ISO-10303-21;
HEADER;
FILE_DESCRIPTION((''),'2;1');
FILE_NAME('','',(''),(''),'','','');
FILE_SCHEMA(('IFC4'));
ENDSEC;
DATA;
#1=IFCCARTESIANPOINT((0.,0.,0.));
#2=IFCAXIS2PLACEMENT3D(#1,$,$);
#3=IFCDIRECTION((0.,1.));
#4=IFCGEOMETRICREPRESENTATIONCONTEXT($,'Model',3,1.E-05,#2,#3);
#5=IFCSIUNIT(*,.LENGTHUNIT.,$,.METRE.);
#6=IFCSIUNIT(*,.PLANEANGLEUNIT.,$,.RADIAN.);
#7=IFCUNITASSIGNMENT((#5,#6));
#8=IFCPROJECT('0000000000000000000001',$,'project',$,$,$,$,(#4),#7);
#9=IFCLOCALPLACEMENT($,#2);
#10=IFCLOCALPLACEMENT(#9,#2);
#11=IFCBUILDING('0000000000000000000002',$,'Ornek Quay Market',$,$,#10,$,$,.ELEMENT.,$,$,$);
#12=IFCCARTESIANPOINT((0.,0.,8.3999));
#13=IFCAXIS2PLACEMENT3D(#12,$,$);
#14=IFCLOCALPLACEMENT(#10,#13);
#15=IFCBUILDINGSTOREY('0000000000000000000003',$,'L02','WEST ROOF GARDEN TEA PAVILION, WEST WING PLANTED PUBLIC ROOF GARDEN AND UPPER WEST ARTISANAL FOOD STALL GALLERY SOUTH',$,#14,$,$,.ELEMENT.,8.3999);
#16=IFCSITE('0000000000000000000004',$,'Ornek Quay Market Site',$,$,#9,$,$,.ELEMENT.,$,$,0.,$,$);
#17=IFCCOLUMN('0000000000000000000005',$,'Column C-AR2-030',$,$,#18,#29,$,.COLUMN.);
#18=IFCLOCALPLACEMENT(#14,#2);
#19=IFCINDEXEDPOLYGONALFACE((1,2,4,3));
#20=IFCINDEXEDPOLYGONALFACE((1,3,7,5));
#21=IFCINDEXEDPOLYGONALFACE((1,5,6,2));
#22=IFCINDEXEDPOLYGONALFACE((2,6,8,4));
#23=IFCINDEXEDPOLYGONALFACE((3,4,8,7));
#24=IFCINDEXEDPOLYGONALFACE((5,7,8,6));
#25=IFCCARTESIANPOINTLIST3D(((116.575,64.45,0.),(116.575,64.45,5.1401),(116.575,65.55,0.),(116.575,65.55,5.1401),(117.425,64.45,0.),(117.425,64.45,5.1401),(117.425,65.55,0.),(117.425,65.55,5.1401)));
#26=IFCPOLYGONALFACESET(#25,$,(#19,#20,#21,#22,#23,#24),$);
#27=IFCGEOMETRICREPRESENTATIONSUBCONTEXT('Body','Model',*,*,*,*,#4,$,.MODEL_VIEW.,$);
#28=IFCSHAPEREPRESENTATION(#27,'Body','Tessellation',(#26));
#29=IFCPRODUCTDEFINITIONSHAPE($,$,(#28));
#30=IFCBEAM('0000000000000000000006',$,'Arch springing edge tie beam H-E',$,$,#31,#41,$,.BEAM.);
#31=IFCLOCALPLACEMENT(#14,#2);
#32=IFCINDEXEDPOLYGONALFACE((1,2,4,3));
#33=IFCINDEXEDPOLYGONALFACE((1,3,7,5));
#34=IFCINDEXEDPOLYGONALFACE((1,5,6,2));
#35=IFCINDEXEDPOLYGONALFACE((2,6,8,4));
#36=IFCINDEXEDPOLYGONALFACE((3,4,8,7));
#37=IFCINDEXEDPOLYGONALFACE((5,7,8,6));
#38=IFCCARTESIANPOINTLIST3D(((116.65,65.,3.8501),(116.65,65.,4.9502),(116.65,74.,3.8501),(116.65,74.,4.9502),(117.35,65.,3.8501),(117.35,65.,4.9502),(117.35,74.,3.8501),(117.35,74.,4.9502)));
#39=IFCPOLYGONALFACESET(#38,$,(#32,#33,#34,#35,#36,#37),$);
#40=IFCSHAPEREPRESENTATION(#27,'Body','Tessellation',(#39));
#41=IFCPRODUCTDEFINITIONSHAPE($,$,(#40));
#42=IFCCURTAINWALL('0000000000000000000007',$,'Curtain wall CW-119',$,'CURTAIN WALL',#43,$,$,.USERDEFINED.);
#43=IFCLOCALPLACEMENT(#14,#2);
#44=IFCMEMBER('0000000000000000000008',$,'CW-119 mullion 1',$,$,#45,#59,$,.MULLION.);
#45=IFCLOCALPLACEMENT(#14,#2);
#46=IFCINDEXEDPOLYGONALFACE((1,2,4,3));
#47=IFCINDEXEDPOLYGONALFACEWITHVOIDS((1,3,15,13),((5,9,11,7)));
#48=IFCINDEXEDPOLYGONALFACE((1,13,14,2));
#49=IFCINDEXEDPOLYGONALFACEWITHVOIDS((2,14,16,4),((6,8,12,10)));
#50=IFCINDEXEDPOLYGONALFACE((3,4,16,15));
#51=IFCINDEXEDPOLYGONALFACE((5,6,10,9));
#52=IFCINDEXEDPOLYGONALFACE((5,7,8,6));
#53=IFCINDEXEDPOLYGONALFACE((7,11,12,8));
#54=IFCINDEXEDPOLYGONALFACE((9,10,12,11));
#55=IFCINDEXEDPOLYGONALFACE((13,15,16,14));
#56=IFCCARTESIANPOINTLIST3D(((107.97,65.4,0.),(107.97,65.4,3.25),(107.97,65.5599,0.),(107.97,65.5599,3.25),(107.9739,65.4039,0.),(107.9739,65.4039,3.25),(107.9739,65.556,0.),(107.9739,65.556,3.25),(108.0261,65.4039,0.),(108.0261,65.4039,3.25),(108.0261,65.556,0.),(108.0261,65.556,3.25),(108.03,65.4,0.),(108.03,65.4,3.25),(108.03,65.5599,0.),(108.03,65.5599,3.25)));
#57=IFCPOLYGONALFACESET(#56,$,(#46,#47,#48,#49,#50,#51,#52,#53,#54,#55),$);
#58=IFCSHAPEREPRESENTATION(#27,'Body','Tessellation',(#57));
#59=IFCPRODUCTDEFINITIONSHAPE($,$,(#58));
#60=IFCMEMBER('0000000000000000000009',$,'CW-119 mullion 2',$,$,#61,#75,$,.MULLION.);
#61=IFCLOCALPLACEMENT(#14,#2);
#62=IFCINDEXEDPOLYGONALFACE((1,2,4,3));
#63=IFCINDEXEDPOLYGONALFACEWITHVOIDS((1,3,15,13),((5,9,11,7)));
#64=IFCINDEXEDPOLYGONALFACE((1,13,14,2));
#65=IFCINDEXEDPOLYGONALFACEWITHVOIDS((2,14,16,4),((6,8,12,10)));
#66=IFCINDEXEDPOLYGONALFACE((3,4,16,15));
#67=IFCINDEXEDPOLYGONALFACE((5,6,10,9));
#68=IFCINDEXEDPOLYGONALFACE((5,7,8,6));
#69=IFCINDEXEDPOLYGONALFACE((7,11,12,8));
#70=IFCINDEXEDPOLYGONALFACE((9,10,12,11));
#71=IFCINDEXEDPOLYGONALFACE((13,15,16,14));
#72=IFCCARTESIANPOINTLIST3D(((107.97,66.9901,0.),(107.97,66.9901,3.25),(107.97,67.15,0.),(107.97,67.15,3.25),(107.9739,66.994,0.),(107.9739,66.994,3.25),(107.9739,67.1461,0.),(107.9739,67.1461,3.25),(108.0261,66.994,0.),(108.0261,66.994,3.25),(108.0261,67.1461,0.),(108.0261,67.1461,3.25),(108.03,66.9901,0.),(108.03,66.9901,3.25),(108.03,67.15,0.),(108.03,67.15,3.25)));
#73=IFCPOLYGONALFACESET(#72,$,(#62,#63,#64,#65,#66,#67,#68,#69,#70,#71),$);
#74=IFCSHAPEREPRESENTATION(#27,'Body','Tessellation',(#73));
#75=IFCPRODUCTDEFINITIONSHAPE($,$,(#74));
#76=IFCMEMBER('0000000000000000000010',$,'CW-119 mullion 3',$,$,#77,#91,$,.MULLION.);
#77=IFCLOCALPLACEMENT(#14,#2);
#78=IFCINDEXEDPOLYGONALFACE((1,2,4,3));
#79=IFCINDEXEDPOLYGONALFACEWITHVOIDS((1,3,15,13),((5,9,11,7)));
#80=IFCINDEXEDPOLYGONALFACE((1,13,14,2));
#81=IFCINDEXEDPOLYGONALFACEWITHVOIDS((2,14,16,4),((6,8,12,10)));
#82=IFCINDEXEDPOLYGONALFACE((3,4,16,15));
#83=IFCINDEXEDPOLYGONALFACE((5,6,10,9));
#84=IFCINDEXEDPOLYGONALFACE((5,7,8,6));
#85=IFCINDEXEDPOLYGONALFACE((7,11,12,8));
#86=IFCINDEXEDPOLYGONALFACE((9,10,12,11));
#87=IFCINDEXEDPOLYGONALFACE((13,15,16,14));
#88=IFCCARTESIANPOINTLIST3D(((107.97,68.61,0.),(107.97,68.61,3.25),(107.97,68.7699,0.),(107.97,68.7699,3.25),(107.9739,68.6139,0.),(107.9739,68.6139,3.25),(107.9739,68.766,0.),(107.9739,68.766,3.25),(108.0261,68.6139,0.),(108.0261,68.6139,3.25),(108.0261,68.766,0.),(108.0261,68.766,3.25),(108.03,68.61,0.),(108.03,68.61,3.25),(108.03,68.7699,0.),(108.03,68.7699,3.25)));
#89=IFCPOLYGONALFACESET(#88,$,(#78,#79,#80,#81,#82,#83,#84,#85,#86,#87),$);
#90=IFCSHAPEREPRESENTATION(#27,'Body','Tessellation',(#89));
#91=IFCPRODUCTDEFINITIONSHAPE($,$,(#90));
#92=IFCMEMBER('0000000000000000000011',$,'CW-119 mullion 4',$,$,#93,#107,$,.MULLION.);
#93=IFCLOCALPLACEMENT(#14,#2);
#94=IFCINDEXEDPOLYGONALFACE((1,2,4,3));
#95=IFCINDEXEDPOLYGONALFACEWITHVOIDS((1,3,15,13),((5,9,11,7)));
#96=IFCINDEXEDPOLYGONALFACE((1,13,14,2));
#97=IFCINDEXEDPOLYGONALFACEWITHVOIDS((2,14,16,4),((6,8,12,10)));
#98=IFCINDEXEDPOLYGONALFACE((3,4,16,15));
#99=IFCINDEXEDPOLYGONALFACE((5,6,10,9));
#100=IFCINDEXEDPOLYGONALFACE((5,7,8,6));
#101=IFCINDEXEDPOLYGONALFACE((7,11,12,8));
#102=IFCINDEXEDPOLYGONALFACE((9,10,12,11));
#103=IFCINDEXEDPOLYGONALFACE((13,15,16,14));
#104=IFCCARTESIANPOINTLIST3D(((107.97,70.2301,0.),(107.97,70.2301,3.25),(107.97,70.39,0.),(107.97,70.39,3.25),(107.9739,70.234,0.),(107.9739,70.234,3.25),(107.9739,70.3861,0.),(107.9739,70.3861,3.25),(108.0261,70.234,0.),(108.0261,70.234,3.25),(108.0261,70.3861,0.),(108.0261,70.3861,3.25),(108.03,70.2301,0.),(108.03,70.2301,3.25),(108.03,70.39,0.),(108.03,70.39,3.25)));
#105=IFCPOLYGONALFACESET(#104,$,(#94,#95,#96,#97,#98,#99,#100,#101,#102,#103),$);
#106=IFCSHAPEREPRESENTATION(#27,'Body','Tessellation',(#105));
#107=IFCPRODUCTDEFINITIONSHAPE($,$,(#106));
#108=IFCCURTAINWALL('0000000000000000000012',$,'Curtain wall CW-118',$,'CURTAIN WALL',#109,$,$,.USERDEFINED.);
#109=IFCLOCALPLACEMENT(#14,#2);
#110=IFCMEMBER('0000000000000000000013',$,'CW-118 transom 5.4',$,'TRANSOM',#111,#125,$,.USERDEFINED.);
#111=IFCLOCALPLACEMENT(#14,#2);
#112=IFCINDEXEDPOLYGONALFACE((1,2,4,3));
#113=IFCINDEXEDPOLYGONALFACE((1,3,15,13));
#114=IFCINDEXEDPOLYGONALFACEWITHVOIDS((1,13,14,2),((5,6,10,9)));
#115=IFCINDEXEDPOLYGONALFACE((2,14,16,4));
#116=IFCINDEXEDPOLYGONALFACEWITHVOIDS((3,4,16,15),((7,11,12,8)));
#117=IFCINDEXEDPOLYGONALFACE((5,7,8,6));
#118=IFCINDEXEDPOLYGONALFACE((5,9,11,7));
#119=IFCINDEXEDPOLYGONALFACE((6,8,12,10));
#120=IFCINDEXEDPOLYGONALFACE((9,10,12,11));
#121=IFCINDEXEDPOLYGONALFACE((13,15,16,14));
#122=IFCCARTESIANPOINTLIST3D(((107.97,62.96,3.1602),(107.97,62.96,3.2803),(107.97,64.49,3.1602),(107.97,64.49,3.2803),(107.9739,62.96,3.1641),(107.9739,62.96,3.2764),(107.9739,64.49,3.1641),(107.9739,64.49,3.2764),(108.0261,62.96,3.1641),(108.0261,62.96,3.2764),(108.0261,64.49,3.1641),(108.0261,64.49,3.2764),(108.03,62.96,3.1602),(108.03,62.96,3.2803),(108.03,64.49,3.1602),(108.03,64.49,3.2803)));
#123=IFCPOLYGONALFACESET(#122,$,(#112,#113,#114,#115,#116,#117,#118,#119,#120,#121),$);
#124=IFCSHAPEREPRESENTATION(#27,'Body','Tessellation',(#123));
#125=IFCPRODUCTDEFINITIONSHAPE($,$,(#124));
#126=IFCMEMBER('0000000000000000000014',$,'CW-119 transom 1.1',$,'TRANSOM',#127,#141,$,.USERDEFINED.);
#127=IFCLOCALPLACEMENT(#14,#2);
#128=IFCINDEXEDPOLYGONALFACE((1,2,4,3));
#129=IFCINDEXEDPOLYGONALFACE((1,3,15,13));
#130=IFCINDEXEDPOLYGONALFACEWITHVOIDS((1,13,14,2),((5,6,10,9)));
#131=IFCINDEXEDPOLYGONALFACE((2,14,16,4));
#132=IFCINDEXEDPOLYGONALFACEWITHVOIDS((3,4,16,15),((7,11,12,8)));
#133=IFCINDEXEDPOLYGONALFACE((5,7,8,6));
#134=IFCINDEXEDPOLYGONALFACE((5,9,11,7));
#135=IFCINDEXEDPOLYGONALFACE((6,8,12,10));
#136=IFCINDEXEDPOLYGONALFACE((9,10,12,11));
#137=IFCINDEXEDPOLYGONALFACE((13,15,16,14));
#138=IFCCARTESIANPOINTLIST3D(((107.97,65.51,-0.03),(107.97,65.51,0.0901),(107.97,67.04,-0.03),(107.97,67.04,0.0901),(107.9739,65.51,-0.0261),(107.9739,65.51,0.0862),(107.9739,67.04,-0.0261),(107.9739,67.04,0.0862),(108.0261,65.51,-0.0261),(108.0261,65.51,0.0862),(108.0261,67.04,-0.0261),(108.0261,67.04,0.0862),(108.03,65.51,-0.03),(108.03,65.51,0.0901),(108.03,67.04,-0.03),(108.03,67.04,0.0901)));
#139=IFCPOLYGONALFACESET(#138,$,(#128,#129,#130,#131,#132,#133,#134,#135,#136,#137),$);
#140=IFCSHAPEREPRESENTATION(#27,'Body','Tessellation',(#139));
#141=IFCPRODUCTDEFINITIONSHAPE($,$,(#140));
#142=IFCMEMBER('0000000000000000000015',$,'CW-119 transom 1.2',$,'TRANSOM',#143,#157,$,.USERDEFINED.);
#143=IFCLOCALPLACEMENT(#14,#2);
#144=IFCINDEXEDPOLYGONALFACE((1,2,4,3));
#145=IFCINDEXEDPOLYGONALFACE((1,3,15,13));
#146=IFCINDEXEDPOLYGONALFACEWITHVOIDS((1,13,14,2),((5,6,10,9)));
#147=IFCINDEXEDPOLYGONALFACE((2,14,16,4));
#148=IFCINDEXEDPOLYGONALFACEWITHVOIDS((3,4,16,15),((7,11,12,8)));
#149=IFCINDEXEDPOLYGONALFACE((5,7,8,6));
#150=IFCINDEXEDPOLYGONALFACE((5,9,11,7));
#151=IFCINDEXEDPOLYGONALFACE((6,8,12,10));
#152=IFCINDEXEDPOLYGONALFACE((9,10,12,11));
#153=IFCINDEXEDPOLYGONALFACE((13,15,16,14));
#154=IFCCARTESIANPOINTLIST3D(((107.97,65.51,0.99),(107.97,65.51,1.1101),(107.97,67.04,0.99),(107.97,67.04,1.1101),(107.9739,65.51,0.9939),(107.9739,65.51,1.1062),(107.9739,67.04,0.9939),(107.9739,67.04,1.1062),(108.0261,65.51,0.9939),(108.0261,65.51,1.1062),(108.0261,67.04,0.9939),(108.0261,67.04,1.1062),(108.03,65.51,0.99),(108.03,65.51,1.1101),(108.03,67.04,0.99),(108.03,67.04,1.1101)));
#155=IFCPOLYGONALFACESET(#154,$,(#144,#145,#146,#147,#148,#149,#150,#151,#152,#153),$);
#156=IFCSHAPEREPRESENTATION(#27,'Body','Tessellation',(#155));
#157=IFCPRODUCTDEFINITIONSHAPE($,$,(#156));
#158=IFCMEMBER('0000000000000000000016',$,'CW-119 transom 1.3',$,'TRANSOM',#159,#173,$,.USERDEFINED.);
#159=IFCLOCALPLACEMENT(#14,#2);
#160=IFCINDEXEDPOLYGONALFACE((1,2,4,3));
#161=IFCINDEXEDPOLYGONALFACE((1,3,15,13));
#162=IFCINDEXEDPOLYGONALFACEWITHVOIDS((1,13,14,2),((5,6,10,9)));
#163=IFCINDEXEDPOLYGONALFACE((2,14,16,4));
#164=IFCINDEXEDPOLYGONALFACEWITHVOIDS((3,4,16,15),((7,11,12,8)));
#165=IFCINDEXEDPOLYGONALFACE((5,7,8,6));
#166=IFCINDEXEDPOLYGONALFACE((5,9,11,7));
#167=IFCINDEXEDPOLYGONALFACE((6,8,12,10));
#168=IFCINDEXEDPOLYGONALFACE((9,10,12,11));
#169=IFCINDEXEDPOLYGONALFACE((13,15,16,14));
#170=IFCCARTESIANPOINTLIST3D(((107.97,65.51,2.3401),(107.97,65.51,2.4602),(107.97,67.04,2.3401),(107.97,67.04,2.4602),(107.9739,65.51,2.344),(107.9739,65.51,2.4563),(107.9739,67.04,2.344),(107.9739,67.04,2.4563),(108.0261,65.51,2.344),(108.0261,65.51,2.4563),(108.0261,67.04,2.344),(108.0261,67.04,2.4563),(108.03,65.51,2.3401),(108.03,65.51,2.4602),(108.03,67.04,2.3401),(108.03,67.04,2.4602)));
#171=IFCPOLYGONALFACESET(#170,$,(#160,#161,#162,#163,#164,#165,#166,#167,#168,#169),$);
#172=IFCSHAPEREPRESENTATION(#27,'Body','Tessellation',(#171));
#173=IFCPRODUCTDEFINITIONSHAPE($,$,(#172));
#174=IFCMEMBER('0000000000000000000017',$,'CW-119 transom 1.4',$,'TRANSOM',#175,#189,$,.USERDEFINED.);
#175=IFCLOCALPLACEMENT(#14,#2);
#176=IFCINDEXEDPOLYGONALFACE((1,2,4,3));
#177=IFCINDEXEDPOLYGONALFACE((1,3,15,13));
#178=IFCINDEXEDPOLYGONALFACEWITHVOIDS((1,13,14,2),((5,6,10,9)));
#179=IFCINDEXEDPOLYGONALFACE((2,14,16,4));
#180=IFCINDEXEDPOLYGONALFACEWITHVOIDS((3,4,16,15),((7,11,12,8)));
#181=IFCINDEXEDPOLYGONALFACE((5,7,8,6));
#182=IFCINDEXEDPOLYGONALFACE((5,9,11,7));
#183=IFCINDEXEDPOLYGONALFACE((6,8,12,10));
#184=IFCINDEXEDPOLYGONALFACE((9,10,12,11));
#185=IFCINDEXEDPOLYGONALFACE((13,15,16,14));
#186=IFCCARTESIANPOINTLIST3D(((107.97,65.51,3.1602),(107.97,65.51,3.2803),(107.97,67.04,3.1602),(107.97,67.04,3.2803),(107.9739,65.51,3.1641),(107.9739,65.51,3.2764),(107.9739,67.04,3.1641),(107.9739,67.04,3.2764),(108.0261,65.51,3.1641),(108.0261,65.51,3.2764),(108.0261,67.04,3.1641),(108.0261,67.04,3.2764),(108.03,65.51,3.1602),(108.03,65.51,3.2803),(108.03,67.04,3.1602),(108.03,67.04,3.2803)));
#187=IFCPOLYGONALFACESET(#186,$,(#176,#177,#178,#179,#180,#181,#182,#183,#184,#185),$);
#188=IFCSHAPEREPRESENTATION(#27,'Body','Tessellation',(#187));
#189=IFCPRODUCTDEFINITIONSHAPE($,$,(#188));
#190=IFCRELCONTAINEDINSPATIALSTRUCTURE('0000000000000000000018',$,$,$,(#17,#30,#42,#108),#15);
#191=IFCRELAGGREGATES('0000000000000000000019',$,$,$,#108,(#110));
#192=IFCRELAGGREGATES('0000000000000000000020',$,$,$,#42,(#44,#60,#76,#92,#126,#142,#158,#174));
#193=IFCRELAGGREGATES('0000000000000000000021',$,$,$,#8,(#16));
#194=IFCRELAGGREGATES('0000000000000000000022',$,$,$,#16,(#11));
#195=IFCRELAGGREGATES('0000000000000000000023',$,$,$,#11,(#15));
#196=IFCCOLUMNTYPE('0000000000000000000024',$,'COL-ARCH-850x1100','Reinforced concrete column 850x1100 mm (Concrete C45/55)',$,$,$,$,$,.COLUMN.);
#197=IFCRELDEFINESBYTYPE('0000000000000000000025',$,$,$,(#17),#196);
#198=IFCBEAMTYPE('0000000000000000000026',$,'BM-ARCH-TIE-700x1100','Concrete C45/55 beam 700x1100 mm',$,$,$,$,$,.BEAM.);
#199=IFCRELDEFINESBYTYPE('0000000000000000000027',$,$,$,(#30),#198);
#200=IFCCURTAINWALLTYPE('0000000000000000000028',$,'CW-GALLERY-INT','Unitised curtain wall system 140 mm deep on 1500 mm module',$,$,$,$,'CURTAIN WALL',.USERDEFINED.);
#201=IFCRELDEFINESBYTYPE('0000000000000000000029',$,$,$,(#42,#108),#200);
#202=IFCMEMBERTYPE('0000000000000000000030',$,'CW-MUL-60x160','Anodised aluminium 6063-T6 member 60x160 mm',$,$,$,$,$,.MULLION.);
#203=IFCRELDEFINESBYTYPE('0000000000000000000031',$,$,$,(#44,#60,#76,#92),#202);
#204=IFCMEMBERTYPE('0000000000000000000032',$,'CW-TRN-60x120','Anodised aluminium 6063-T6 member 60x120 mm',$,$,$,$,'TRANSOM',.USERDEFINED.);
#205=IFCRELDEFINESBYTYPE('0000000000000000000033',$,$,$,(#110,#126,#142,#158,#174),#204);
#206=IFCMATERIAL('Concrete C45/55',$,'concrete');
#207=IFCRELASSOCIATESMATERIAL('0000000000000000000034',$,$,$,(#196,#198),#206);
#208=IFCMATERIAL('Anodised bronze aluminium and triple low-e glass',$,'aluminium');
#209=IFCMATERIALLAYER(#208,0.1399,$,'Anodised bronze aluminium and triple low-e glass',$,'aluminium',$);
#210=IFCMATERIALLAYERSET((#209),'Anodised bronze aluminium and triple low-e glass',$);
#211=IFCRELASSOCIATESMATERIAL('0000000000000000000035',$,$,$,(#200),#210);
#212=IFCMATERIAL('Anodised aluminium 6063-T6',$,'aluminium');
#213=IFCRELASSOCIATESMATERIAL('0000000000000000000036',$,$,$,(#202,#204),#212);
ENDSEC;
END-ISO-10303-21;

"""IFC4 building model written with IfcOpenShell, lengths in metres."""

from ifc_helpers import new_model, si_unit, direction, frame, origin, origin_2d, place, context, subcontext, project, spatial, rectangle, hollow_rectangle, extrude, material, layer, layer_set, material_profile, profile_set, type_object, element, aggregate, save


model = new_model("IFC4")

# Units and contexts
model_context = context("Model", 3, precision=1e-05, world=origin(), true_north=direction((0.0, 1.0)))
body_context = subcontext(model_context, "Body", "Model", "MODEL_VIEW")
ifc_project = project(units=[si_unit("LENGTHUNIT", "METRE"), si_unit("PLANEANGLEUNIT", "RADIAN")], contexts=[model_context])

# Site, building, storey
site_placement = place(None, origin())
site = spatial("IfcSite", under=ifc_project, at=site_placement, Name="Ornek Quay Market Site", CompositionType="ELEMENT", RefElevation=0.0)
building_placement = place(site_placement, origin())
building = spatial("IfcBuilding", under=site, at=building_placement, Name="Ornek Quay Market", CompositionType="ELEMENT")
storey_placement = place(building_placement, frame((0.0, 0.0, 8.3999)))
storey = spatial("IfcBuildingStorey", under=building, at=storey_placement, Name="L02", Description="WEST ROOF GARDEN TEA PAVILION, WEST WING PLANTED PUBLIC ROOF GARDEN AND UPPER WEST ARTISANAL FOOD STALL GALLERY SOUTH", CompositionType="ELEMENT", Elevation=8.3999)

# Column
ifc_material_1 = material(Name="Concrete C45/55", Category="concrete")
ifc_material_profile_1 = material_profile(ifc_material_1, rectangle(XDim=0.8501, YDim=1.1001, at=origin_2d()), Name="RC 850x1100", Category="concrete")
ifc_profile_set_1 = profile_set([ifc_material_profile_1], Name="Concrete C45/55")
column_type = type_object("IfcColumnType", Name="COL-ARCH-850x1100", Description="Reinforced concrete column 850x1100 mm (Concrete C45/55)", PredefinedType="COLUMN", material=ifc_profile_set_1)
column_placement = place(storey_placement, frame((117.0, 65.0, 0.0), z_axis=(0.0, 0.0, 1.0), x_axis=(1.0, 0.0, 0.0)))
element("IfcColumn", 1, at=column_placement, inside=storey, type_object=column_type, Name="Column C-AR2-030", PredefinedType="COLUMN", context=body_context, shape_type="SweptSolid", body=[
    extrude(rectangle(XDim=0.8501, YDim=1.1001, at=origin_2d()), origin(), (0.0, 0.0, 1.0), 5.1401),
])

# Beam
ifc_material_profile_2 = material_profile(ifc_material_1, rectangle(XDim=0.7, YDim=1.1001, at=origin_2d()), Name="RC 700x1100", Category="concrete")
ifc_profile_set_2 = profile_set([ifc_material_profile_2], Name="Concrete C45/55")
beam_type = type_object("IfcBeamType", Name="BM-ARCH-TIE-700x1100", Description="Concrete C45/55 beam 700x1100 mm", PredefinedType="BEAM", material=ifc_profile_set_2)
beam_placement = place(storey_placement, frame((117.0, 65.0, 4.4001), z_axis=(0.0, 1.0, 0.0), x_axis=(-1.0, 0.0, 0.0)))
element("IfcBeam", 2, at=beam_placement, inside=storey, type_object=beam_type, Name="Arch springing edge tie beam H-E", PredefinedType="BEAM", context=body_context, shape_type="SweptSolid", body=[
    extrude(rectangle(XDim=0.7, YDim=1.1001, at=origin_2d()), origin(), (0.0, 0.0, 1.0), 9.0),
])

# Curtain wall, members
ifc_material_2 = material(Name="Anodised bronze aluminium and triple low-e glass", Category="aluminium")
ifc_layer_1 = layer(ifc_material_2, 0.1399, Name="Anodised bronze aluminium and triple low-e glass", Category="aluminium")
ifc_layer_set_1 = layer_set([ifc_layer_1], Name="Anodised bronze aluminium and triple low-e glass")
curtain_wall_type = type_object("IfcCurtainWallType", Name="CW-GALLERY-INT", Description="Unitised curtain wall system 140 mm deep on 1500 mm module", ElementType="CURTAIN WALL", PredefinedType="USERDEFINED", material=ifc_layer_set_1)
curtain_wall_1_placement = place(storey_placement, origin())
curtain_wall_1 = element("IfcCurtainWall", 3, at=curtain_wall_1_placement, inside=storey, type_object=curtain_wall_type, Name="Curtain wall CW-119", ObjectType="CURTAIN WALL", PredefinedType="USERDEFINED")
ifc_material_3 = material(Name="Anodised aluminium 6063-T6", Category="aluminium")
ifc_material_profile_3 = material_profile(ifc_material_3, hollow_rectangle(XDim=0.0601, YDim=0.1599, WallThickness=0.0039, at=origin_2d()), Name="CW-MUL-60x160", Category="aluminium")
ifc_profile_set_3 = profile_set([ifc_material_profile_3], Name="Anodised aluminium 6063-T6")
member_type_1 = type_object("IfcMemberType", Name="CW-MUL-60x160", Description="Anodised aluminium 6063-T6 member 60x160 mm", PredefinedType="MULLION", material=ifc_profile_set_3)
member_1_placement = place(storey_placement, frame((108.0, 65.48, 0.0), z_axis=(0.0, 0.0, 1.0), x_axis=(-1.0, 0.0, 0.0)))
member_1 = element("IfcMember", 4, at=member_1_placement, type_object=member_type_1, Name="CW-119 mullion 1", PredefinedType="MULLION", context=body_context, shape_type="SweptSolid", body=[
    extrude(hollow_rectangle(XDim=0.0601, YDim=0.1599, WallThickness=0.0039, at=origin_2d()), origin(), (0.0, 0.0, 1.0), 3.25),
])
member_2_placement = place(storey_placement, frame((108.0, 67.0701, 0.0), z_axis=(0.0, 0.0, 1.0), x_axis=(-1.0, 0.0, 0.0)))
member_2 = element("IfcMember", 5, at=member_2_placement, type_object=member_type_1, Name="CW-119 mullion 2", PredefinedType="MULLION", context=body_context, shape_type="SweptSolid", body=[
    extrude(hollow_rectangle(XDim=0.0601, YDim=0.1599, WallThickness=0.0039, at=origin_2d()), origin(), (0.0, 0.0, 1.0), 3.25),
])
member_3_placement = place(storey_placement, frame((108.0, 68.6899, 0.0), z_axis=(0.0, 0.0, 1.0), x_axis=(-1.0, 0.0, 0.0)))
member_3 = element("IfcMember", 6, at=member_3_placement, type_object=member_type_1, Name="CW-119 mullion 3", PredefinedType="MULLION", context=body_context, shape_type="SweptSolid", body=[
    extrude(hollow_rectangle(XDim=0.0601, YDim=0.1599, WallThickness=0.0039, at=origin_2d()), origin(), (0.0, 0.0, 1.0), 3.25),
])
member_4_placement = place(storey_placement, frame((108.0, 70.3101, 0.0), z_axis=(0.0, 0.0, 1.0), x_axis=(-1.0, 0.0, 0.0)))
member_4 = element("IfcMember", 7, at=member_4_placement, type_object=member_type_1, Name="CW-119 mullion 4", PredefinedType="MULLION", context=body_context, shape_type="SweptSolid", body=[
    extrude(hollow_rectangle(XDim=0.0601, YDim=0.1599, WallThickness=0.0039, at=origin_2d()), origin(), (0.0, 0.0, 1.0), 3.25),
])

# Curtain wall, member
curtain_wall_2_placement = place(storey_placement, origin())
curtain_wall_2 = element("IfcCurtainWall", 8, at=curtain_wall_2_placement, inside=storey, type_object=curtain_wall_type, Name="Curtain wall CW-118", ObjectType="CURTAIN WALL", PredefinedType="USERDEFINED")
ifc_material_profile_4 = material_profile(ifc_material_3, hollow_rectangle(XDim=0.0601, YDim=0.1201, WallThickness=0.0039, at=origin_2d()), Name="CW-TRN-60x120", Category="aluminium")
ifc_profile_set_4 = profile_set([ifc_material_profile_4], Name="Anodised aluminium 6063-T6")
member_type_2 = type_object("IfcMemberType", Name="CW-TRN-60x120", Description="Anodised aluminium 6063-T6 member 60x120 mm", ElementType="TRANSOM", PredefinedType="USERDEFINED", material=ifc_profile_set_4)
member_5_placement = place(storey_placement, frame((108.0, 62.96, 3.2202), z_axis=(0.0, 1.0, 0.0), x_axis=(-1.0, 0.0, 0.0)))
member_5 = element("IfcMember", 9, at=member_5_placement, type_object=member_type_2, Name="CW-118 transom 5.4", ObjectType="TRANSOM", PredefinedType="USERDEFINED", context=body_context, shape_type="SweptSolid", body=[
    extrude(hollow_rectangle(XDim=0.0601, YDim=0.1201, WallThickness=0.0039, at=origin_2d()), origin(), (0.0, 0.0, 1.0), 1.53),
])

# Members
member_6_placement = place(storey_placement, frame((108.0, 65.51, 0.03), z_axis=(0.0, 1.0, 0.0), x_axis=(-1.0, 0.0, 0.0)))
member_6 = element("IfcMember", 10, at=member_6_placement, type_object=member_type_2, Name="CW-119 transom 1.1", ObjectType="TRANSOM", PredefinedType="USERDEFINED", context=body_context, shape_type="SweptSolid", body=[
    extrude(hollow_rectangle(XDim=0.0601, YDim=0.1201, WallThickness=0.0039, at=origin_2d()), origin(), (0.0, 0.0, 1.0), 1.53),
])
member_7_placement = place(storey_placement, frame((108.0, 65.51, 1.05), z_axis=(0.0, 1.0, 0.0), x_axis=(-1.0, 0.0, 0.0)))
member_7 = element("IfcMember", 11, at=member_7_placement, type_object=member_type_2, Name="CW-119 transom 1.2", ObjectType="TRANSOM", PredefinedType="USERDEFINED", context=body_context, shape_type="SweptSolid", body=[
    extrude(hollow_rectangle(XDim=0.0601, YDim=0.1201, WallThickness=0.0039, at=origin_2d()), origin(), (0.0, 0.0, 1.0), 1.53),
])
member_8_placement = place(storey_placement, frame((108.0, 65.51, 2.4001), z_axis=(0.0, 1.0, 0.0), x_axis=(-1.0, 0.0, 0.0)))
member_8 = element("IfcMember", 12, at=member_8_placement, type_object=member_type_2, Name="CW-119 transom 1.3", ObjectType="TRANSOM", PredefinedType="USERDEFINED", context=body_context, shape_type="SweptSolid", body=[
    extrude(hollow_rectangle(XDim=0.0601, YDim=0.1201, WallThickness=0.0039, at=origin_2d()), origin(), (0.0, 0.0, 1.0), 1.53),
])
member_9_placement = place(storey_placement, frame((108.0, 65.51, 3.2202), z_axis=(0.0, 1.0, 0.0), x_axis=(-1.0, 0.0, 0.0)))
member_9 = element("IfcMember", 13, at=member_9_placement, type_object=member_type_2, Name="CW-119 transom 1.4", ObjectType="TRANSOM", PredefinedType="USERDEFINED", context=body_context, shape_type="SweptSolid", body=[
    extrude(hollow_rectangle(XDim=0.0601, YDim=0.1201, WallThickness=0.0039, at=origin_2d()), origin(), (0.0, 0.0, 1.0), 1.53),
])

aggregate(curtain_wall_2, [member_5])
aggregate(curtain_wall_1, [member_1, member_2, member_3, member_4, member_6, member_7, member_8, member_9])

save(model, "model.ifc")
